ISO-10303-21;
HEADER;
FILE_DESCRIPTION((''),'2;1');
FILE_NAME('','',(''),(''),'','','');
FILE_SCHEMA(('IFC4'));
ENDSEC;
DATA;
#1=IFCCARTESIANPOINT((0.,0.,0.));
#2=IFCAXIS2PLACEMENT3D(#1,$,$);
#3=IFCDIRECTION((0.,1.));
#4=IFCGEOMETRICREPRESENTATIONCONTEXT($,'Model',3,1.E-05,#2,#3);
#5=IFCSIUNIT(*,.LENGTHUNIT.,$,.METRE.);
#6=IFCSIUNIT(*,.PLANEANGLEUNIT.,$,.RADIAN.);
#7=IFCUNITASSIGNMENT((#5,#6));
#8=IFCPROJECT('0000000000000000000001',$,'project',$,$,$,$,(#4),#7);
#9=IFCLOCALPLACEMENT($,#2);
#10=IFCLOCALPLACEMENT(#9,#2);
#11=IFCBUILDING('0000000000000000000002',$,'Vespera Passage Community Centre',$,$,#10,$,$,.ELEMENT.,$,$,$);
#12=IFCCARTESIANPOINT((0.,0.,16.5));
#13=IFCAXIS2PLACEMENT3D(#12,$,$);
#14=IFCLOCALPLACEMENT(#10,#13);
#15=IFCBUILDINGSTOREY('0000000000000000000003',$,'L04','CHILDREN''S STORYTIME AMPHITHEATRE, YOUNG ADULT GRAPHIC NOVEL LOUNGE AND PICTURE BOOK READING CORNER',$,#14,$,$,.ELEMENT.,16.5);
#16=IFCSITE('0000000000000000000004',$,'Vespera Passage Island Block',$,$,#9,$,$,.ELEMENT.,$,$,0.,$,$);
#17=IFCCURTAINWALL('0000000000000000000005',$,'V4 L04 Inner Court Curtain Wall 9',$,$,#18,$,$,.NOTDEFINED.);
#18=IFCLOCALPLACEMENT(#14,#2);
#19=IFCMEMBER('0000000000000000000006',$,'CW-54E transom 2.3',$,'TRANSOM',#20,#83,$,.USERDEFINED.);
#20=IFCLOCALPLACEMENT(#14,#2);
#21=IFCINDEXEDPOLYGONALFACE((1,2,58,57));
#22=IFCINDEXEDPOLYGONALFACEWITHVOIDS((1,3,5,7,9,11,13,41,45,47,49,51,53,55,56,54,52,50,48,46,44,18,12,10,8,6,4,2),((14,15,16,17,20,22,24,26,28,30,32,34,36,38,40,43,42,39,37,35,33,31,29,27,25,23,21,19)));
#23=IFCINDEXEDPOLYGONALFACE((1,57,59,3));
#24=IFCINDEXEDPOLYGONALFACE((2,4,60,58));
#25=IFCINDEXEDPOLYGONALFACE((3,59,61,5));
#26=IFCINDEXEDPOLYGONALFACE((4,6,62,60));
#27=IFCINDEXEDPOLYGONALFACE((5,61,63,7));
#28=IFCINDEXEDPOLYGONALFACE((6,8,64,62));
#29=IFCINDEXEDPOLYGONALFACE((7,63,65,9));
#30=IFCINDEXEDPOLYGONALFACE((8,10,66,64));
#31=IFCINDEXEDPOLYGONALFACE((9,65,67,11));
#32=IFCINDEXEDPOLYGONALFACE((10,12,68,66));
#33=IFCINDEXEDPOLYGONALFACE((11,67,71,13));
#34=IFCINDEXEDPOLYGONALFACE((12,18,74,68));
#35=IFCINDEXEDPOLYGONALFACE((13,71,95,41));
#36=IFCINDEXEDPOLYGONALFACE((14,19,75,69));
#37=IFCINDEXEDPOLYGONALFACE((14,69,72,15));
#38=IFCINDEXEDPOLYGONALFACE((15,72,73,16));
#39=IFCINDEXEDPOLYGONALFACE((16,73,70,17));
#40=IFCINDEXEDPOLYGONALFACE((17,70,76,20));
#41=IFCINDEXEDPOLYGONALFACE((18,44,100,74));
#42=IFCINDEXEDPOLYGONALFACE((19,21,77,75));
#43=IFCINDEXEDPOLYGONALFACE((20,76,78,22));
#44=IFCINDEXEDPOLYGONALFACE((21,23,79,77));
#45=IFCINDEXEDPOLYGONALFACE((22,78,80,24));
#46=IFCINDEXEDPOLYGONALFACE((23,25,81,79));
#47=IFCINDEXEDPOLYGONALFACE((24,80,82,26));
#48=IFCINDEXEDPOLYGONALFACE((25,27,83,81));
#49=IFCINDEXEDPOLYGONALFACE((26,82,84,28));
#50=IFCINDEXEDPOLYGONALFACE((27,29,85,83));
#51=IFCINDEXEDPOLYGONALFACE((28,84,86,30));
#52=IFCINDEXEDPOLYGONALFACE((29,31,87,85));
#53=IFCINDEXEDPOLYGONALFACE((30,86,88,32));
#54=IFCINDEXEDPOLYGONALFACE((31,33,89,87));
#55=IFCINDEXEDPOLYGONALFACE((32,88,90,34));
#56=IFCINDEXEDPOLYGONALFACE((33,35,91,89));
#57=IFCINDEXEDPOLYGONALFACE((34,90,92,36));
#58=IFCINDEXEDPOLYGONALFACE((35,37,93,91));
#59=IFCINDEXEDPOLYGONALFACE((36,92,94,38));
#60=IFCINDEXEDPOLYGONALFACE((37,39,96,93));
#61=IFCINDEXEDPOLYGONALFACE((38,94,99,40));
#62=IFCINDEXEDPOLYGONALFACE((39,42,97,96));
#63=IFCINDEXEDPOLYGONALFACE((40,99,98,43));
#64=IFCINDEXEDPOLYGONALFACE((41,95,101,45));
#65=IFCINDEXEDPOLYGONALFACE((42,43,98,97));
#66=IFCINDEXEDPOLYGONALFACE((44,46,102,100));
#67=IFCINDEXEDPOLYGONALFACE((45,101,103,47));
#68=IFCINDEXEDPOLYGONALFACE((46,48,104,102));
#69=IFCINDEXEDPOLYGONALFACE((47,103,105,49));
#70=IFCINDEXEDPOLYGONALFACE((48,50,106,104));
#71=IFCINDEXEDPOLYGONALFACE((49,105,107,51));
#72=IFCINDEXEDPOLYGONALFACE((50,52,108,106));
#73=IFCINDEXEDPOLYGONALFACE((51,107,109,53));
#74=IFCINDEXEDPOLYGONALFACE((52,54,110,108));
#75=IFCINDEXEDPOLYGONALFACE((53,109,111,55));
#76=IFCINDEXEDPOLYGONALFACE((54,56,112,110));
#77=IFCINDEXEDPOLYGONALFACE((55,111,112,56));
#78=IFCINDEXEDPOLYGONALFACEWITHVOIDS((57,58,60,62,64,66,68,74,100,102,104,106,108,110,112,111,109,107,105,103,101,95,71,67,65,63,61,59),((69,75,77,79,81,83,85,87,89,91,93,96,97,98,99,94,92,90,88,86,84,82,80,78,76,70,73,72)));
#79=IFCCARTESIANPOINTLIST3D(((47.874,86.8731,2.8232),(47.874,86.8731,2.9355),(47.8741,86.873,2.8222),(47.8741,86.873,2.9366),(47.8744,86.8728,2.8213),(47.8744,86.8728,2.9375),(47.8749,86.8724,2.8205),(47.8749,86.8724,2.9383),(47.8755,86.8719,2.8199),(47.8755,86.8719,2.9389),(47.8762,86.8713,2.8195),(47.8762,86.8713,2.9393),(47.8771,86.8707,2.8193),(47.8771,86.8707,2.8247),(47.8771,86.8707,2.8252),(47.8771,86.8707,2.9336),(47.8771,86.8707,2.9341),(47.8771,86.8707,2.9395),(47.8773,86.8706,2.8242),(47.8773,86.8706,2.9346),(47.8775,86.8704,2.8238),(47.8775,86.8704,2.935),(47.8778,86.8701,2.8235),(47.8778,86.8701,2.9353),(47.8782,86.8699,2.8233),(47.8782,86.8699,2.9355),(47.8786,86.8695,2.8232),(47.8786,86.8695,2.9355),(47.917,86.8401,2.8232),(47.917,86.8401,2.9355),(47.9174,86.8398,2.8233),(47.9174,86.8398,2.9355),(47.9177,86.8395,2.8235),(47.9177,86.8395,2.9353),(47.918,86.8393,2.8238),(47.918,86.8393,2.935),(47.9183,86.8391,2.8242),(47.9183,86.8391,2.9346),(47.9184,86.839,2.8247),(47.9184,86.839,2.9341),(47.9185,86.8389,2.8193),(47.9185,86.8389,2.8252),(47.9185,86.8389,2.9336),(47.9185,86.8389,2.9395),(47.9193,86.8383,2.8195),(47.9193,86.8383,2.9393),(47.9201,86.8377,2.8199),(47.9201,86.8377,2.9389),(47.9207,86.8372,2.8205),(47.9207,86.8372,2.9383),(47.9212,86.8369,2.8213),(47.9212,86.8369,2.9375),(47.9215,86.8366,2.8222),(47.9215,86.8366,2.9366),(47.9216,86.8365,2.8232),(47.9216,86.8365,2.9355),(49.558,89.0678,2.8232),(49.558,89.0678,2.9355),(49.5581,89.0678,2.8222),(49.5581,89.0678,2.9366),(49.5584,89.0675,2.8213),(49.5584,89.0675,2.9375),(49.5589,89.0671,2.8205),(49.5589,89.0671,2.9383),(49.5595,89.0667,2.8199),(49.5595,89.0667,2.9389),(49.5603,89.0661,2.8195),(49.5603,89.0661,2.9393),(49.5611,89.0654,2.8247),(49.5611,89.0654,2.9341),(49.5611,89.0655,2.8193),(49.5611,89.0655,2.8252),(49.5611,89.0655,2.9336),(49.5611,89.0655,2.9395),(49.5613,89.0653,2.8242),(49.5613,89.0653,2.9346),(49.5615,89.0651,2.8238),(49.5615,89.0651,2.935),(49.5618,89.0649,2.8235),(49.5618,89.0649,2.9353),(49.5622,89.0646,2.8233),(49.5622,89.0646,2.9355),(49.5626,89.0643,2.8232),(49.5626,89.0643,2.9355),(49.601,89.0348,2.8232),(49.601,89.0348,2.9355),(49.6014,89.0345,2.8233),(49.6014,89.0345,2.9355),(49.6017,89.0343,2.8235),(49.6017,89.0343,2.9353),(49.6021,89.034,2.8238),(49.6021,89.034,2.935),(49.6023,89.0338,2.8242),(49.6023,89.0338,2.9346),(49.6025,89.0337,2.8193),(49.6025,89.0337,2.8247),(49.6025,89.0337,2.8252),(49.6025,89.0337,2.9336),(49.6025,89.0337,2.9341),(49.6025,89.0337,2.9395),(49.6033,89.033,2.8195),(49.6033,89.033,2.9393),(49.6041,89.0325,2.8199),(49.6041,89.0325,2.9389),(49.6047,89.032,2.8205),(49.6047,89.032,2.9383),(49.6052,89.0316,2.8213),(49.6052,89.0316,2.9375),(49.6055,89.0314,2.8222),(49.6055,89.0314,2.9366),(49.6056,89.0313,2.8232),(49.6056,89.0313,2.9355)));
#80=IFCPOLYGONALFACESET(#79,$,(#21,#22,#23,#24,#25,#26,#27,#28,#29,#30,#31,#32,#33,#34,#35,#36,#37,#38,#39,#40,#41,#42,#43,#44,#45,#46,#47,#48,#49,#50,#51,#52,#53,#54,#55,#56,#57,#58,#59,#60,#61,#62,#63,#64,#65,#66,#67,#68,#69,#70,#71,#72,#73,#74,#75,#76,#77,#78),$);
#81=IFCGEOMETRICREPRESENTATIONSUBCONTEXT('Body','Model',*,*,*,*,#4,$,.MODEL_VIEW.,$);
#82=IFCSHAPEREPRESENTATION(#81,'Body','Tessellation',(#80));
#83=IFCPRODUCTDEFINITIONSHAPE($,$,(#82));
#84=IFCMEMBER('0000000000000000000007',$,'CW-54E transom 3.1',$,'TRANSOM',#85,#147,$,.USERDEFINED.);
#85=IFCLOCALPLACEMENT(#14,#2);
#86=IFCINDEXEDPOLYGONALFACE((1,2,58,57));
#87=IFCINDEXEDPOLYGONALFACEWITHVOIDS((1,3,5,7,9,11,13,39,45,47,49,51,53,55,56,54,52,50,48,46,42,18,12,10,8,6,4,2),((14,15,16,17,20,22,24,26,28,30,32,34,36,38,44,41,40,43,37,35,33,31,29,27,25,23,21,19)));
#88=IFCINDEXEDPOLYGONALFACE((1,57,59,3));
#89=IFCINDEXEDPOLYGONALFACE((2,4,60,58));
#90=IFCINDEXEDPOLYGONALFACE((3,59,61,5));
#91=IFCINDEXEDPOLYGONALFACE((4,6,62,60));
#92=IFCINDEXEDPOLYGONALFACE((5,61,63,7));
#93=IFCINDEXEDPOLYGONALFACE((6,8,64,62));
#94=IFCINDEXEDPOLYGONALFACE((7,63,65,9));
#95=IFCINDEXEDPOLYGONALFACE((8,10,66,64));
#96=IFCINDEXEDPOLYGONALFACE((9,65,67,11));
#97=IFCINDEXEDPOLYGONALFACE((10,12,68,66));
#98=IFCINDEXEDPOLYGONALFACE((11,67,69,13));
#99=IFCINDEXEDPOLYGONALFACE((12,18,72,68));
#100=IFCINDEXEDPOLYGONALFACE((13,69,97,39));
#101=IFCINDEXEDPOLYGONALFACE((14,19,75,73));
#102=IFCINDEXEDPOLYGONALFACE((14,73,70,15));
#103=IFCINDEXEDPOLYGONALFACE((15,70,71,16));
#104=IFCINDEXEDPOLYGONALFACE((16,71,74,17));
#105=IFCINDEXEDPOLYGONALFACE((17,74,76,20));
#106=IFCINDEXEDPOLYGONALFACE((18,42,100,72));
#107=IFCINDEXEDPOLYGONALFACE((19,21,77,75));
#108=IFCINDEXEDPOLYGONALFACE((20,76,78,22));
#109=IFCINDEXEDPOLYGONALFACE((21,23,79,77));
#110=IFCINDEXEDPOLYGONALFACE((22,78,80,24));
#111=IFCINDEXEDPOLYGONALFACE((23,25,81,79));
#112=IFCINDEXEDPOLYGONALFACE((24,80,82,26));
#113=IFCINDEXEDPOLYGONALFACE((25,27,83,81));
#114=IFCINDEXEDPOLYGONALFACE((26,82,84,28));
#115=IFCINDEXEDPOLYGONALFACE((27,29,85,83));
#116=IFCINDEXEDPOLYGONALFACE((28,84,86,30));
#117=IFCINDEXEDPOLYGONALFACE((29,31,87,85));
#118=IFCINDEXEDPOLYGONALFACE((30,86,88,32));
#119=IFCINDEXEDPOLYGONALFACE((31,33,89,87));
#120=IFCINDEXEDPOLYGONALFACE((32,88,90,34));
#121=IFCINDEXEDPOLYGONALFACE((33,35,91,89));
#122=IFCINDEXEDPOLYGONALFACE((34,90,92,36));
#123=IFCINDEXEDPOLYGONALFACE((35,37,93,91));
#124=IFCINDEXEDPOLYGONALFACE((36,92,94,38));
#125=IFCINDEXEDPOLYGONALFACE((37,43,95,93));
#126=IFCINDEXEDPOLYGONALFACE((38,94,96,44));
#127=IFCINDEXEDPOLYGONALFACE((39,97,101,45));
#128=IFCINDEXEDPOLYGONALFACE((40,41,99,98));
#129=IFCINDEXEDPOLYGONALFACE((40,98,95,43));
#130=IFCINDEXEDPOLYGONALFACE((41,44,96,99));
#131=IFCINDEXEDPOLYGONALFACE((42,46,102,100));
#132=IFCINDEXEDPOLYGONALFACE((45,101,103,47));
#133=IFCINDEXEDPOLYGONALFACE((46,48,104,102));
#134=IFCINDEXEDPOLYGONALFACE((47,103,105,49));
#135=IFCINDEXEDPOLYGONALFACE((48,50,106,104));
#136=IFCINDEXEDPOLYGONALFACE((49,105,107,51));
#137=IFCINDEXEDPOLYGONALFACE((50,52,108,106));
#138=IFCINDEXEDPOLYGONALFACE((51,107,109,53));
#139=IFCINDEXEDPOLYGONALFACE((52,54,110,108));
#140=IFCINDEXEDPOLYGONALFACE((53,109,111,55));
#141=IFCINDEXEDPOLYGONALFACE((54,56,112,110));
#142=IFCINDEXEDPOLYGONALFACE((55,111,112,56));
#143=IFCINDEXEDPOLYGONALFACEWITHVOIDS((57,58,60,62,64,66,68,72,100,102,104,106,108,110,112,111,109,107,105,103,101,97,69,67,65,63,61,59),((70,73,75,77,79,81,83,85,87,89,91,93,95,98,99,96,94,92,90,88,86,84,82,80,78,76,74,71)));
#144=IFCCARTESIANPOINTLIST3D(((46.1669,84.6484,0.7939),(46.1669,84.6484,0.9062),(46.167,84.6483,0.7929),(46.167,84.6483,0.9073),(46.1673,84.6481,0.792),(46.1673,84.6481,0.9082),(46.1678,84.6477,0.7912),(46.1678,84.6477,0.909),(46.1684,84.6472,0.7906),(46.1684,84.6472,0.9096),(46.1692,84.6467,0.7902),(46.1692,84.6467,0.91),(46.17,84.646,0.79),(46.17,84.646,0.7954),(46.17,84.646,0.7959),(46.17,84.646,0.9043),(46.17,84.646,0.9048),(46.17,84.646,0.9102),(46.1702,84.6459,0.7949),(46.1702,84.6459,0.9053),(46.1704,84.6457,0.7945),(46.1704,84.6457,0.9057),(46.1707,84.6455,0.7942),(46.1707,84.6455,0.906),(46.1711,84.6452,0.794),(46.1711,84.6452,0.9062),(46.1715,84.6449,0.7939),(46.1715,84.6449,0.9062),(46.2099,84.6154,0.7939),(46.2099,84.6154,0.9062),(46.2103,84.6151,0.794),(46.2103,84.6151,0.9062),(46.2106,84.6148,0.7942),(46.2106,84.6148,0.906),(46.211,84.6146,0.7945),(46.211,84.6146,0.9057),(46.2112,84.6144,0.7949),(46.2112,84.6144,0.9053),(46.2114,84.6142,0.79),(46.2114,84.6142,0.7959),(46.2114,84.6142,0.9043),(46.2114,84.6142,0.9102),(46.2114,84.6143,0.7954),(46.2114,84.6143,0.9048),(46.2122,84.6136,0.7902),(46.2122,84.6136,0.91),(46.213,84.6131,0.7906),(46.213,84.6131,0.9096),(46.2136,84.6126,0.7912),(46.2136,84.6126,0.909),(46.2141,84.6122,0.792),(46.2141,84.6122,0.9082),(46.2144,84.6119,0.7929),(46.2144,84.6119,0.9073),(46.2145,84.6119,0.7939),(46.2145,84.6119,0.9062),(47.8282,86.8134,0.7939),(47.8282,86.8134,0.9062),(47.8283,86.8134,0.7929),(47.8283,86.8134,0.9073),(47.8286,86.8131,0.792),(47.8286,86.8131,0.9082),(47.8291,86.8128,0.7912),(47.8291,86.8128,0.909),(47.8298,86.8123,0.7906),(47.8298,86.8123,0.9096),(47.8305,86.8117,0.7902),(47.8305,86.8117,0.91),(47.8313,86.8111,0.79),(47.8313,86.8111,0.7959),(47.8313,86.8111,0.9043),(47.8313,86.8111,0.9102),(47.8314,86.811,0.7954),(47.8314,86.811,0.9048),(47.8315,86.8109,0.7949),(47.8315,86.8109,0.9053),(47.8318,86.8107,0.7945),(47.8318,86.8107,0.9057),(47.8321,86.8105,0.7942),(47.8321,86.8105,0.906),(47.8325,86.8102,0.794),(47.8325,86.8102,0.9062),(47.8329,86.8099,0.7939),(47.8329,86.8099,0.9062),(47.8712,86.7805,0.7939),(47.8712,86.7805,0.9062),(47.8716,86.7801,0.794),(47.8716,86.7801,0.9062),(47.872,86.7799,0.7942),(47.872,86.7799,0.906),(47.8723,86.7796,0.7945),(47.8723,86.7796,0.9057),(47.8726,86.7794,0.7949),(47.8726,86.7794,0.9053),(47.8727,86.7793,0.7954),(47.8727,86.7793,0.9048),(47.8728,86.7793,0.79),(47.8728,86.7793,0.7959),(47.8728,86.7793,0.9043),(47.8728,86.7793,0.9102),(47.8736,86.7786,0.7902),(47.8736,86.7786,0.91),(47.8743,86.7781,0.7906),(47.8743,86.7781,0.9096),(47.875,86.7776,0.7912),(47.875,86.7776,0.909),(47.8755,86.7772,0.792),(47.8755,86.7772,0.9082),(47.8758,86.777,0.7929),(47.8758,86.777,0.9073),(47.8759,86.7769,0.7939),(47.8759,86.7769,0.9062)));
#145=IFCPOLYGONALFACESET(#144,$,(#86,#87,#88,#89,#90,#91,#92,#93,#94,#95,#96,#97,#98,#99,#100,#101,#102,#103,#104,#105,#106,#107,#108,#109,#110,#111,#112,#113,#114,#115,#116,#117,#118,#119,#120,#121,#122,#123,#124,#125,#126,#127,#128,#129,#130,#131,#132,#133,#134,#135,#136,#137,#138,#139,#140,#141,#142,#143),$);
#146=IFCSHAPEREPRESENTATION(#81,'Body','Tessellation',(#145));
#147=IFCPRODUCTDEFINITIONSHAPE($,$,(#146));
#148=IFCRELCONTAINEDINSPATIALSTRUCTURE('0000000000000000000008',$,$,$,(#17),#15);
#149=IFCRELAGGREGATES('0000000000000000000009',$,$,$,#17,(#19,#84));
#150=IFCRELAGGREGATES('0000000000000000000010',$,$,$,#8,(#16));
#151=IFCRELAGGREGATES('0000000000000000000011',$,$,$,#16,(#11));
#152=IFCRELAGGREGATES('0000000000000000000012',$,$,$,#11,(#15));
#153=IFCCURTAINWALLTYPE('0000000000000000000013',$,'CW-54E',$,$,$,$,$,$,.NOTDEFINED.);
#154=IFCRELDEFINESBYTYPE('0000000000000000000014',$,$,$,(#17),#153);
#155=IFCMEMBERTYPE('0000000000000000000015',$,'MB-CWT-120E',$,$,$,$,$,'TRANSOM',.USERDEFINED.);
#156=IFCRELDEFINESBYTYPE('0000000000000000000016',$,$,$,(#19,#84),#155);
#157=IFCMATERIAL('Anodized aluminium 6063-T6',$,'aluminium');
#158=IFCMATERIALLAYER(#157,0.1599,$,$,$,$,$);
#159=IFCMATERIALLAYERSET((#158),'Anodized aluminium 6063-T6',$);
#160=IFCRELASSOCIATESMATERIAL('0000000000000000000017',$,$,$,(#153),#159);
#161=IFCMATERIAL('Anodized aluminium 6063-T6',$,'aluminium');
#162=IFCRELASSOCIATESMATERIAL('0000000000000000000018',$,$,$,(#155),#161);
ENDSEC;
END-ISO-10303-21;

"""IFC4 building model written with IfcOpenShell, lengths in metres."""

from ifc_helpers import new_model, si_unit, direction, frame, origin, origin_2d, place, context, subcontext, project, spatial, hollow_rectangle, extrude, material, layer, layer_set, material_profile, profile_set, type_object, element, aggregate, save


model = new_model("IFC4")

# Units and contexts
model_context = context("Model", 3, precision=1e-05, world=origin(), true_north=direction((0.0, 1.0)))
body_context = subcontext(model_context, "Body", "Model", "MODEL_VIEW")
ifc_project = project(units=[si_unit("LENGTHUNIT", "METRE"), si_unit("PLANEANGLEUNIT", "RADIAN")], contexts=[model_context])

# Site, building, storey
site_placement = place(None, origin())
site = spatial("IfcSite", under=ifc_project, at=site_placement, Name="Vespera Passage Island Block", CompositionType="ELEMENT", RefElevation=0.0)
building_placement = place(site_placement, origin())
building = spatial("IfcBuilding", under=site, at=building_placement, Name="Vespera Passage Community Centre", CompositionType="ELEMENT")
storey_placement = place(building_placement, frame((0.0, 0.0, 16.5)))
storey = spatial("IfcBuildingStorey", under=building, at=storey_placement, Name="L04", Description="CHILDREN'S STORYTIME AMPHITHEATRE, YOUNG ADULT GRAPHIC NOVEL LOUNGE AND PICTURE BOOK READING CORNER", CompositionType="ELEMENT", Elevation=16.5)

# Curtain wall, members
ifc_material_1 = material(Name="Anodized aluminium 6063-T6", Category="aluminium")
ifc_layer_1 = layer(ifc_material_1, 0.1599)
ifc_layer_set_1 = layer_set([ifc_layer_1], Name="Anodized aluminium 6063-T6")
curtain_wall_type = type_object("IfcCurtainWallType", Name="CW-54E", PredefinedType="NOTDEFINED", material=ifc_layer_set_1)
curtain_wall_placement = place(storey_placement, origin())
curtain_wall = element("IfcCurtainWall", 1, at=curtain_wall_placement, inside=storey, type_object=curtain_wall_type, Name="V4 L04 Inner Court Curtain Wall 9", PredefinedType="NOTDEFINED")
ifc_material_2 = material(Name="Anodized aluminium 6063-T6", Category="aluminium")
ifc_material_profile_1 = material_profile(ifc_material_2, hollow_rectangle(XDim=0.0601, YDim=0.1201, WallThickness=0.0039, InnerFilletRadius=0.002, OuterFilletRadius=0.0039, at=origin_2d()), Name="ALU120X60X4")
ifc_profile_set_1 = profile_set([ifc_material_profile_1], Name="Anodized aluminium 6063-T6")
member_type_1 = type_object("IfcMemberType", Name="MB-CWT-120E", ElementType="TRANSOM", PredefinedType="USERDEFINED", material=ifc_profile_set_1)
member_1_placement = place(storey_placement, frame((49.5818, 89.0496, 2.8794), z_axis=(-0.608746, -0.793365, 0.0), x_axis=(0.793365, -0.608746, 0.0)))
member_1 = element("IfcMember", 2, at=member_1_placement, type_object=member_type_1, Name="CW-54E transom 2.3", ObjectType="TRANSOM", PredefinedType="USERDEFINED", context=body_context, shape_type="SweptSolid", body=[
    extrude(hollow_rectangle(XDim=0.0601, YDim=0.1201, WallThickness=0.0039, InnerFilletRadius=0.002, OuterFilletRadius=0.0039, at=origin_2d()), origin(), (0.0, 0.0, 1.0), 2.7664),
])
member_2_placement = place(storey_placement, frame((47.8521, 86.7952, 0.8501), z_axis=(-0.608781, -0.793338, 0.0), x_axis=(0.793338, -0.608781, 0.0)))
member_2 = element("IfcMember", 3, at=member_2_placement, type_object=member_type_1, Name="CW-54E transom 3.1", ObjectType="TRANSOM", PredefinedType="USERDEFINED", context=body_context, shape_type="SweptSolid", body=[
    extrude(hollow_rectangle(XDim=0.0601, YDim=0.1201, WallThickness=0.0039, InnerFilletRadius=0.002, OuterFilletRadius=0.0039, at=origin_2d()), origin(), (0.0, 0.0, 1.0), 2.729),
])
aggregate(curtain_wall, [member_1, member_2])

save(model, "model.ifc")
